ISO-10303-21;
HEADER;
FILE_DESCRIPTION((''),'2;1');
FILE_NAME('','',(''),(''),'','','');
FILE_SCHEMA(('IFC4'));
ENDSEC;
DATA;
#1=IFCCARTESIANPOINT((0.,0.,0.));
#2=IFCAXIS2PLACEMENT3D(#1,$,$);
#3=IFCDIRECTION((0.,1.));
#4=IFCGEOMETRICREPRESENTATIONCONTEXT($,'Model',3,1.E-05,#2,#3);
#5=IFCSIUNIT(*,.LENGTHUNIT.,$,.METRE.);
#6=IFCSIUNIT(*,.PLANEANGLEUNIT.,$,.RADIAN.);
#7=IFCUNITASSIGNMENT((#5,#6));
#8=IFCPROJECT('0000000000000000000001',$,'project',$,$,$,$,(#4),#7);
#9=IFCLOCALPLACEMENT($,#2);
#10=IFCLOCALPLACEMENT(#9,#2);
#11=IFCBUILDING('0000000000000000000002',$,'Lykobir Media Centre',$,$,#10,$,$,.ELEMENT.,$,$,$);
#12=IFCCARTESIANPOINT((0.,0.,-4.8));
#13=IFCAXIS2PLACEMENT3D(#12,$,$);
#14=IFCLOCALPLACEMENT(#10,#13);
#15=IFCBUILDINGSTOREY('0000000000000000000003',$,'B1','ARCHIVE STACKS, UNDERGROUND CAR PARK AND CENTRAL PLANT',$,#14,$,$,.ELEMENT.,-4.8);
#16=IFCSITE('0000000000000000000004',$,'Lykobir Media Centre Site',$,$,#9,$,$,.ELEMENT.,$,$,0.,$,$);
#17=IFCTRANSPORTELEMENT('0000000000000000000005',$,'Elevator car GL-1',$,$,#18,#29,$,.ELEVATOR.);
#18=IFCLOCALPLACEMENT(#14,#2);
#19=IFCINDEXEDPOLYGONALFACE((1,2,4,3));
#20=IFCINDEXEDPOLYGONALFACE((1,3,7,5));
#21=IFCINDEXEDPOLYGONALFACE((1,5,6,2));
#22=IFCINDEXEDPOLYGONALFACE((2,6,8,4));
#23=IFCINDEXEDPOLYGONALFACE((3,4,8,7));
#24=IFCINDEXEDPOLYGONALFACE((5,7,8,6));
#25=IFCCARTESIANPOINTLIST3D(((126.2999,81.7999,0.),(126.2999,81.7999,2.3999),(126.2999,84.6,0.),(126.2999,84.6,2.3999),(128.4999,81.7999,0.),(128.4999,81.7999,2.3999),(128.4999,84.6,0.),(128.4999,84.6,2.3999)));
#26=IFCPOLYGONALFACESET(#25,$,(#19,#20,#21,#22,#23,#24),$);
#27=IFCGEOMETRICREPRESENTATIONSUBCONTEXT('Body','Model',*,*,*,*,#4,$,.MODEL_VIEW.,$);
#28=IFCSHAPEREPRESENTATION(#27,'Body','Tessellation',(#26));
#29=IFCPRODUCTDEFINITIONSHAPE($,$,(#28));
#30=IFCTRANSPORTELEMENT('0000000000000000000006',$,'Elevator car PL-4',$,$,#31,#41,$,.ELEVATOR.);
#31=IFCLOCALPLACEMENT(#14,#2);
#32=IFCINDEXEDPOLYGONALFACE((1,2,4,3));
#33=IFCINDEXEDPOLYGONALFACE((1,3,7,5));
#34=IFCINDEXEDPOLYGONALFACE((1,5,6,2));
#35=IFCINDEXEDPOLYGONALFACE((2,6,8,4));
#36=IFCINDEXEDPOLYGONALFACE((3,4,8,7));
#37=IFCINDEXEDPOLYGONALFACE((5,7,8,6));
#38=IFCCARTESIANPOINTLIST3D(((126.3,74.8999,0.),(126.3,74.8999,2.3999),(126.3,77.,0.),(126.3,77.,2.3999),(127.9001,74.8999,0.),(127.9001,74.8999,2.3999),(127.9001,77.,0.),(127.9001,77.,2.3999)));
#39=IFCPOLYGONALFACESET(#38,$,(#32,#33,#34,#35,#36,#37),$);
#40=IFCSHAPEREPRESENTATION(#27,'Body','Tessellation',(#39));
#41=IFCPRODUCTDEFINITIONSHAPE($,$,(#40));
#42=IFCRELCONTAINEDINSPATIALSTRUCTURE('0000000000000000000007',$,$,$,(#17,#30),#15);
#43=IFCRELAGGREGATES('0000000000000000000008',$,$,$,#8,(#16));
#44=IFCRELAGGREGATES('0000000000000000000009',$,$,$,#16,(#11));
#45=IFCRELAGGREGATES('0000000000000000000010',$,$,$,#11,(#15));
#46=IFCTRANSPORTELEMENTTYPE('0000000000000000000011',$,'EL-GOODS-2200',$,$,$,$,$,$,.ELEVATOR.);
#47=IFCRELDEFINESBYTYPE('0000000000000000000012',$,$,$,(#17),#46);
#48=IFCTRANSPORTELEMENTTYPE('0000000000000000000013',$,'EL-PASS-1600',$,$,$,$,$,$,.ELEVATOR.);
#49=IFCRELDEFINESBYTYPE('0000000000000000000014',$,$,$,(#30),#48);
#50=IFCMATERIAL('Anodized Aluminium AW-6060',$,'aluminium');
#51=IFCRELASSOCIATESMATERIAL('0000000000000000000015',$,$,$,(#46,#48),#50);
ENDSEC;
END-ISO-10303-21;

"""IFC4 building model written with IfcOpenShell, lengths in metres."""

from ifc_helpers import new_model, si_unit, direction, frame, origin, origin_2d, place, context, subcontext, project, spatial, rectangle, extrude, material, type_object, element, save


model = new_model("IFC4")

# Units and contexts
model_context = context("Model", 3, precision=1e-05, world=origin(), true_north=direction((0.0, 1.0)))
body_context = subcontext(model_context, "Body", "Model", "MODEL_VIEW")
ifc_project = project(units=[si_unit("LENGTHUNIT", "METRE"), si_unit("PLANEANGLEUNIT", "RADIAN")], contexts=[model_context])

# Site, building, storey
site_placement = place(None, origin())
site = spatial("IfcSite", under=ifc_project, at=site_placement, Name="Lykobir Media Centre Site", CompositionType="ELEMENT", RefElevation=0.0)
building_placement = place(site_placement, origin())
building = spatial("IfcBuilding", under=site, at=building_placement, Name="Lykobir Media Centre", CompositionType="ELEMENT")
storey_placement = place(building_placement, frame((0.0, 0.0, -4.8)))
storey = spatial("IfcBuildingStorey", under=building, at=storey_placement, Name="B1", Description="ARCHIVE STACKS, UNDERGROUND CAR PARK AND CENTRAL PLANT", CompositionType="ELEMENT", Elevation=-4.8)

# Transport elements
ifc_material_1 = material(Name="Anodized Aluminium AW-6060", Category="aluminium")
transport_element_type_1 = type_object("IfcTransportElementType", Name="EL-GOODS-2200", PredefinedType="ELEVATOR", material=ifc_material_1)
transport_element_1_placement = place(storey_placement, frame((127.3999, 83.2, 0.0), z_axis=(0.0, 0.0, 1.0), x_axis=(1.0, 0.0, 0.0)))
element("IfcTransportElement", 1, at=transport_element_1_placement, inside=storey, type_object=transport_element_type_1, Name="Elevator car GL-1", PredefinedType="ELEVATOR", context=body_context, shape_type="SweptSolid", body=[
    extrude(rectangle(XDim=2.2, YDim=2.8, at=origin_2d()), origin(), (0.0, 0.0, 1.0), 2.3999),
])
transport_element_type_2 = type_object("IfcTransportElementType", Name="EL-PASS-1600", PredefinedType="ELEVATOR", material=ifc_material_1)
transport_element_2_placement = place(storey_placement, frame((127.1001, 75.95, 0.0), z_axis=(0.0, 0.0, 1.0), x_axis=(1.0, 0.0, 0.0)))
element("IfcTransportElement", 2, at=transport_element_2_placement, inside=storey, type_object=transport_element_type_2, Name="Elevator car PL-4", PredefinedType="ELEVATOR", context=body_context, shape_type="SweptSolid", body=[
    extrude(rectangle(XDim=1.6001, YDim=2.1001, at=origin_2d()), origin(), (0.0, 0.0, 1.0), 2.3999),
])

save(model, "model.ifc")
